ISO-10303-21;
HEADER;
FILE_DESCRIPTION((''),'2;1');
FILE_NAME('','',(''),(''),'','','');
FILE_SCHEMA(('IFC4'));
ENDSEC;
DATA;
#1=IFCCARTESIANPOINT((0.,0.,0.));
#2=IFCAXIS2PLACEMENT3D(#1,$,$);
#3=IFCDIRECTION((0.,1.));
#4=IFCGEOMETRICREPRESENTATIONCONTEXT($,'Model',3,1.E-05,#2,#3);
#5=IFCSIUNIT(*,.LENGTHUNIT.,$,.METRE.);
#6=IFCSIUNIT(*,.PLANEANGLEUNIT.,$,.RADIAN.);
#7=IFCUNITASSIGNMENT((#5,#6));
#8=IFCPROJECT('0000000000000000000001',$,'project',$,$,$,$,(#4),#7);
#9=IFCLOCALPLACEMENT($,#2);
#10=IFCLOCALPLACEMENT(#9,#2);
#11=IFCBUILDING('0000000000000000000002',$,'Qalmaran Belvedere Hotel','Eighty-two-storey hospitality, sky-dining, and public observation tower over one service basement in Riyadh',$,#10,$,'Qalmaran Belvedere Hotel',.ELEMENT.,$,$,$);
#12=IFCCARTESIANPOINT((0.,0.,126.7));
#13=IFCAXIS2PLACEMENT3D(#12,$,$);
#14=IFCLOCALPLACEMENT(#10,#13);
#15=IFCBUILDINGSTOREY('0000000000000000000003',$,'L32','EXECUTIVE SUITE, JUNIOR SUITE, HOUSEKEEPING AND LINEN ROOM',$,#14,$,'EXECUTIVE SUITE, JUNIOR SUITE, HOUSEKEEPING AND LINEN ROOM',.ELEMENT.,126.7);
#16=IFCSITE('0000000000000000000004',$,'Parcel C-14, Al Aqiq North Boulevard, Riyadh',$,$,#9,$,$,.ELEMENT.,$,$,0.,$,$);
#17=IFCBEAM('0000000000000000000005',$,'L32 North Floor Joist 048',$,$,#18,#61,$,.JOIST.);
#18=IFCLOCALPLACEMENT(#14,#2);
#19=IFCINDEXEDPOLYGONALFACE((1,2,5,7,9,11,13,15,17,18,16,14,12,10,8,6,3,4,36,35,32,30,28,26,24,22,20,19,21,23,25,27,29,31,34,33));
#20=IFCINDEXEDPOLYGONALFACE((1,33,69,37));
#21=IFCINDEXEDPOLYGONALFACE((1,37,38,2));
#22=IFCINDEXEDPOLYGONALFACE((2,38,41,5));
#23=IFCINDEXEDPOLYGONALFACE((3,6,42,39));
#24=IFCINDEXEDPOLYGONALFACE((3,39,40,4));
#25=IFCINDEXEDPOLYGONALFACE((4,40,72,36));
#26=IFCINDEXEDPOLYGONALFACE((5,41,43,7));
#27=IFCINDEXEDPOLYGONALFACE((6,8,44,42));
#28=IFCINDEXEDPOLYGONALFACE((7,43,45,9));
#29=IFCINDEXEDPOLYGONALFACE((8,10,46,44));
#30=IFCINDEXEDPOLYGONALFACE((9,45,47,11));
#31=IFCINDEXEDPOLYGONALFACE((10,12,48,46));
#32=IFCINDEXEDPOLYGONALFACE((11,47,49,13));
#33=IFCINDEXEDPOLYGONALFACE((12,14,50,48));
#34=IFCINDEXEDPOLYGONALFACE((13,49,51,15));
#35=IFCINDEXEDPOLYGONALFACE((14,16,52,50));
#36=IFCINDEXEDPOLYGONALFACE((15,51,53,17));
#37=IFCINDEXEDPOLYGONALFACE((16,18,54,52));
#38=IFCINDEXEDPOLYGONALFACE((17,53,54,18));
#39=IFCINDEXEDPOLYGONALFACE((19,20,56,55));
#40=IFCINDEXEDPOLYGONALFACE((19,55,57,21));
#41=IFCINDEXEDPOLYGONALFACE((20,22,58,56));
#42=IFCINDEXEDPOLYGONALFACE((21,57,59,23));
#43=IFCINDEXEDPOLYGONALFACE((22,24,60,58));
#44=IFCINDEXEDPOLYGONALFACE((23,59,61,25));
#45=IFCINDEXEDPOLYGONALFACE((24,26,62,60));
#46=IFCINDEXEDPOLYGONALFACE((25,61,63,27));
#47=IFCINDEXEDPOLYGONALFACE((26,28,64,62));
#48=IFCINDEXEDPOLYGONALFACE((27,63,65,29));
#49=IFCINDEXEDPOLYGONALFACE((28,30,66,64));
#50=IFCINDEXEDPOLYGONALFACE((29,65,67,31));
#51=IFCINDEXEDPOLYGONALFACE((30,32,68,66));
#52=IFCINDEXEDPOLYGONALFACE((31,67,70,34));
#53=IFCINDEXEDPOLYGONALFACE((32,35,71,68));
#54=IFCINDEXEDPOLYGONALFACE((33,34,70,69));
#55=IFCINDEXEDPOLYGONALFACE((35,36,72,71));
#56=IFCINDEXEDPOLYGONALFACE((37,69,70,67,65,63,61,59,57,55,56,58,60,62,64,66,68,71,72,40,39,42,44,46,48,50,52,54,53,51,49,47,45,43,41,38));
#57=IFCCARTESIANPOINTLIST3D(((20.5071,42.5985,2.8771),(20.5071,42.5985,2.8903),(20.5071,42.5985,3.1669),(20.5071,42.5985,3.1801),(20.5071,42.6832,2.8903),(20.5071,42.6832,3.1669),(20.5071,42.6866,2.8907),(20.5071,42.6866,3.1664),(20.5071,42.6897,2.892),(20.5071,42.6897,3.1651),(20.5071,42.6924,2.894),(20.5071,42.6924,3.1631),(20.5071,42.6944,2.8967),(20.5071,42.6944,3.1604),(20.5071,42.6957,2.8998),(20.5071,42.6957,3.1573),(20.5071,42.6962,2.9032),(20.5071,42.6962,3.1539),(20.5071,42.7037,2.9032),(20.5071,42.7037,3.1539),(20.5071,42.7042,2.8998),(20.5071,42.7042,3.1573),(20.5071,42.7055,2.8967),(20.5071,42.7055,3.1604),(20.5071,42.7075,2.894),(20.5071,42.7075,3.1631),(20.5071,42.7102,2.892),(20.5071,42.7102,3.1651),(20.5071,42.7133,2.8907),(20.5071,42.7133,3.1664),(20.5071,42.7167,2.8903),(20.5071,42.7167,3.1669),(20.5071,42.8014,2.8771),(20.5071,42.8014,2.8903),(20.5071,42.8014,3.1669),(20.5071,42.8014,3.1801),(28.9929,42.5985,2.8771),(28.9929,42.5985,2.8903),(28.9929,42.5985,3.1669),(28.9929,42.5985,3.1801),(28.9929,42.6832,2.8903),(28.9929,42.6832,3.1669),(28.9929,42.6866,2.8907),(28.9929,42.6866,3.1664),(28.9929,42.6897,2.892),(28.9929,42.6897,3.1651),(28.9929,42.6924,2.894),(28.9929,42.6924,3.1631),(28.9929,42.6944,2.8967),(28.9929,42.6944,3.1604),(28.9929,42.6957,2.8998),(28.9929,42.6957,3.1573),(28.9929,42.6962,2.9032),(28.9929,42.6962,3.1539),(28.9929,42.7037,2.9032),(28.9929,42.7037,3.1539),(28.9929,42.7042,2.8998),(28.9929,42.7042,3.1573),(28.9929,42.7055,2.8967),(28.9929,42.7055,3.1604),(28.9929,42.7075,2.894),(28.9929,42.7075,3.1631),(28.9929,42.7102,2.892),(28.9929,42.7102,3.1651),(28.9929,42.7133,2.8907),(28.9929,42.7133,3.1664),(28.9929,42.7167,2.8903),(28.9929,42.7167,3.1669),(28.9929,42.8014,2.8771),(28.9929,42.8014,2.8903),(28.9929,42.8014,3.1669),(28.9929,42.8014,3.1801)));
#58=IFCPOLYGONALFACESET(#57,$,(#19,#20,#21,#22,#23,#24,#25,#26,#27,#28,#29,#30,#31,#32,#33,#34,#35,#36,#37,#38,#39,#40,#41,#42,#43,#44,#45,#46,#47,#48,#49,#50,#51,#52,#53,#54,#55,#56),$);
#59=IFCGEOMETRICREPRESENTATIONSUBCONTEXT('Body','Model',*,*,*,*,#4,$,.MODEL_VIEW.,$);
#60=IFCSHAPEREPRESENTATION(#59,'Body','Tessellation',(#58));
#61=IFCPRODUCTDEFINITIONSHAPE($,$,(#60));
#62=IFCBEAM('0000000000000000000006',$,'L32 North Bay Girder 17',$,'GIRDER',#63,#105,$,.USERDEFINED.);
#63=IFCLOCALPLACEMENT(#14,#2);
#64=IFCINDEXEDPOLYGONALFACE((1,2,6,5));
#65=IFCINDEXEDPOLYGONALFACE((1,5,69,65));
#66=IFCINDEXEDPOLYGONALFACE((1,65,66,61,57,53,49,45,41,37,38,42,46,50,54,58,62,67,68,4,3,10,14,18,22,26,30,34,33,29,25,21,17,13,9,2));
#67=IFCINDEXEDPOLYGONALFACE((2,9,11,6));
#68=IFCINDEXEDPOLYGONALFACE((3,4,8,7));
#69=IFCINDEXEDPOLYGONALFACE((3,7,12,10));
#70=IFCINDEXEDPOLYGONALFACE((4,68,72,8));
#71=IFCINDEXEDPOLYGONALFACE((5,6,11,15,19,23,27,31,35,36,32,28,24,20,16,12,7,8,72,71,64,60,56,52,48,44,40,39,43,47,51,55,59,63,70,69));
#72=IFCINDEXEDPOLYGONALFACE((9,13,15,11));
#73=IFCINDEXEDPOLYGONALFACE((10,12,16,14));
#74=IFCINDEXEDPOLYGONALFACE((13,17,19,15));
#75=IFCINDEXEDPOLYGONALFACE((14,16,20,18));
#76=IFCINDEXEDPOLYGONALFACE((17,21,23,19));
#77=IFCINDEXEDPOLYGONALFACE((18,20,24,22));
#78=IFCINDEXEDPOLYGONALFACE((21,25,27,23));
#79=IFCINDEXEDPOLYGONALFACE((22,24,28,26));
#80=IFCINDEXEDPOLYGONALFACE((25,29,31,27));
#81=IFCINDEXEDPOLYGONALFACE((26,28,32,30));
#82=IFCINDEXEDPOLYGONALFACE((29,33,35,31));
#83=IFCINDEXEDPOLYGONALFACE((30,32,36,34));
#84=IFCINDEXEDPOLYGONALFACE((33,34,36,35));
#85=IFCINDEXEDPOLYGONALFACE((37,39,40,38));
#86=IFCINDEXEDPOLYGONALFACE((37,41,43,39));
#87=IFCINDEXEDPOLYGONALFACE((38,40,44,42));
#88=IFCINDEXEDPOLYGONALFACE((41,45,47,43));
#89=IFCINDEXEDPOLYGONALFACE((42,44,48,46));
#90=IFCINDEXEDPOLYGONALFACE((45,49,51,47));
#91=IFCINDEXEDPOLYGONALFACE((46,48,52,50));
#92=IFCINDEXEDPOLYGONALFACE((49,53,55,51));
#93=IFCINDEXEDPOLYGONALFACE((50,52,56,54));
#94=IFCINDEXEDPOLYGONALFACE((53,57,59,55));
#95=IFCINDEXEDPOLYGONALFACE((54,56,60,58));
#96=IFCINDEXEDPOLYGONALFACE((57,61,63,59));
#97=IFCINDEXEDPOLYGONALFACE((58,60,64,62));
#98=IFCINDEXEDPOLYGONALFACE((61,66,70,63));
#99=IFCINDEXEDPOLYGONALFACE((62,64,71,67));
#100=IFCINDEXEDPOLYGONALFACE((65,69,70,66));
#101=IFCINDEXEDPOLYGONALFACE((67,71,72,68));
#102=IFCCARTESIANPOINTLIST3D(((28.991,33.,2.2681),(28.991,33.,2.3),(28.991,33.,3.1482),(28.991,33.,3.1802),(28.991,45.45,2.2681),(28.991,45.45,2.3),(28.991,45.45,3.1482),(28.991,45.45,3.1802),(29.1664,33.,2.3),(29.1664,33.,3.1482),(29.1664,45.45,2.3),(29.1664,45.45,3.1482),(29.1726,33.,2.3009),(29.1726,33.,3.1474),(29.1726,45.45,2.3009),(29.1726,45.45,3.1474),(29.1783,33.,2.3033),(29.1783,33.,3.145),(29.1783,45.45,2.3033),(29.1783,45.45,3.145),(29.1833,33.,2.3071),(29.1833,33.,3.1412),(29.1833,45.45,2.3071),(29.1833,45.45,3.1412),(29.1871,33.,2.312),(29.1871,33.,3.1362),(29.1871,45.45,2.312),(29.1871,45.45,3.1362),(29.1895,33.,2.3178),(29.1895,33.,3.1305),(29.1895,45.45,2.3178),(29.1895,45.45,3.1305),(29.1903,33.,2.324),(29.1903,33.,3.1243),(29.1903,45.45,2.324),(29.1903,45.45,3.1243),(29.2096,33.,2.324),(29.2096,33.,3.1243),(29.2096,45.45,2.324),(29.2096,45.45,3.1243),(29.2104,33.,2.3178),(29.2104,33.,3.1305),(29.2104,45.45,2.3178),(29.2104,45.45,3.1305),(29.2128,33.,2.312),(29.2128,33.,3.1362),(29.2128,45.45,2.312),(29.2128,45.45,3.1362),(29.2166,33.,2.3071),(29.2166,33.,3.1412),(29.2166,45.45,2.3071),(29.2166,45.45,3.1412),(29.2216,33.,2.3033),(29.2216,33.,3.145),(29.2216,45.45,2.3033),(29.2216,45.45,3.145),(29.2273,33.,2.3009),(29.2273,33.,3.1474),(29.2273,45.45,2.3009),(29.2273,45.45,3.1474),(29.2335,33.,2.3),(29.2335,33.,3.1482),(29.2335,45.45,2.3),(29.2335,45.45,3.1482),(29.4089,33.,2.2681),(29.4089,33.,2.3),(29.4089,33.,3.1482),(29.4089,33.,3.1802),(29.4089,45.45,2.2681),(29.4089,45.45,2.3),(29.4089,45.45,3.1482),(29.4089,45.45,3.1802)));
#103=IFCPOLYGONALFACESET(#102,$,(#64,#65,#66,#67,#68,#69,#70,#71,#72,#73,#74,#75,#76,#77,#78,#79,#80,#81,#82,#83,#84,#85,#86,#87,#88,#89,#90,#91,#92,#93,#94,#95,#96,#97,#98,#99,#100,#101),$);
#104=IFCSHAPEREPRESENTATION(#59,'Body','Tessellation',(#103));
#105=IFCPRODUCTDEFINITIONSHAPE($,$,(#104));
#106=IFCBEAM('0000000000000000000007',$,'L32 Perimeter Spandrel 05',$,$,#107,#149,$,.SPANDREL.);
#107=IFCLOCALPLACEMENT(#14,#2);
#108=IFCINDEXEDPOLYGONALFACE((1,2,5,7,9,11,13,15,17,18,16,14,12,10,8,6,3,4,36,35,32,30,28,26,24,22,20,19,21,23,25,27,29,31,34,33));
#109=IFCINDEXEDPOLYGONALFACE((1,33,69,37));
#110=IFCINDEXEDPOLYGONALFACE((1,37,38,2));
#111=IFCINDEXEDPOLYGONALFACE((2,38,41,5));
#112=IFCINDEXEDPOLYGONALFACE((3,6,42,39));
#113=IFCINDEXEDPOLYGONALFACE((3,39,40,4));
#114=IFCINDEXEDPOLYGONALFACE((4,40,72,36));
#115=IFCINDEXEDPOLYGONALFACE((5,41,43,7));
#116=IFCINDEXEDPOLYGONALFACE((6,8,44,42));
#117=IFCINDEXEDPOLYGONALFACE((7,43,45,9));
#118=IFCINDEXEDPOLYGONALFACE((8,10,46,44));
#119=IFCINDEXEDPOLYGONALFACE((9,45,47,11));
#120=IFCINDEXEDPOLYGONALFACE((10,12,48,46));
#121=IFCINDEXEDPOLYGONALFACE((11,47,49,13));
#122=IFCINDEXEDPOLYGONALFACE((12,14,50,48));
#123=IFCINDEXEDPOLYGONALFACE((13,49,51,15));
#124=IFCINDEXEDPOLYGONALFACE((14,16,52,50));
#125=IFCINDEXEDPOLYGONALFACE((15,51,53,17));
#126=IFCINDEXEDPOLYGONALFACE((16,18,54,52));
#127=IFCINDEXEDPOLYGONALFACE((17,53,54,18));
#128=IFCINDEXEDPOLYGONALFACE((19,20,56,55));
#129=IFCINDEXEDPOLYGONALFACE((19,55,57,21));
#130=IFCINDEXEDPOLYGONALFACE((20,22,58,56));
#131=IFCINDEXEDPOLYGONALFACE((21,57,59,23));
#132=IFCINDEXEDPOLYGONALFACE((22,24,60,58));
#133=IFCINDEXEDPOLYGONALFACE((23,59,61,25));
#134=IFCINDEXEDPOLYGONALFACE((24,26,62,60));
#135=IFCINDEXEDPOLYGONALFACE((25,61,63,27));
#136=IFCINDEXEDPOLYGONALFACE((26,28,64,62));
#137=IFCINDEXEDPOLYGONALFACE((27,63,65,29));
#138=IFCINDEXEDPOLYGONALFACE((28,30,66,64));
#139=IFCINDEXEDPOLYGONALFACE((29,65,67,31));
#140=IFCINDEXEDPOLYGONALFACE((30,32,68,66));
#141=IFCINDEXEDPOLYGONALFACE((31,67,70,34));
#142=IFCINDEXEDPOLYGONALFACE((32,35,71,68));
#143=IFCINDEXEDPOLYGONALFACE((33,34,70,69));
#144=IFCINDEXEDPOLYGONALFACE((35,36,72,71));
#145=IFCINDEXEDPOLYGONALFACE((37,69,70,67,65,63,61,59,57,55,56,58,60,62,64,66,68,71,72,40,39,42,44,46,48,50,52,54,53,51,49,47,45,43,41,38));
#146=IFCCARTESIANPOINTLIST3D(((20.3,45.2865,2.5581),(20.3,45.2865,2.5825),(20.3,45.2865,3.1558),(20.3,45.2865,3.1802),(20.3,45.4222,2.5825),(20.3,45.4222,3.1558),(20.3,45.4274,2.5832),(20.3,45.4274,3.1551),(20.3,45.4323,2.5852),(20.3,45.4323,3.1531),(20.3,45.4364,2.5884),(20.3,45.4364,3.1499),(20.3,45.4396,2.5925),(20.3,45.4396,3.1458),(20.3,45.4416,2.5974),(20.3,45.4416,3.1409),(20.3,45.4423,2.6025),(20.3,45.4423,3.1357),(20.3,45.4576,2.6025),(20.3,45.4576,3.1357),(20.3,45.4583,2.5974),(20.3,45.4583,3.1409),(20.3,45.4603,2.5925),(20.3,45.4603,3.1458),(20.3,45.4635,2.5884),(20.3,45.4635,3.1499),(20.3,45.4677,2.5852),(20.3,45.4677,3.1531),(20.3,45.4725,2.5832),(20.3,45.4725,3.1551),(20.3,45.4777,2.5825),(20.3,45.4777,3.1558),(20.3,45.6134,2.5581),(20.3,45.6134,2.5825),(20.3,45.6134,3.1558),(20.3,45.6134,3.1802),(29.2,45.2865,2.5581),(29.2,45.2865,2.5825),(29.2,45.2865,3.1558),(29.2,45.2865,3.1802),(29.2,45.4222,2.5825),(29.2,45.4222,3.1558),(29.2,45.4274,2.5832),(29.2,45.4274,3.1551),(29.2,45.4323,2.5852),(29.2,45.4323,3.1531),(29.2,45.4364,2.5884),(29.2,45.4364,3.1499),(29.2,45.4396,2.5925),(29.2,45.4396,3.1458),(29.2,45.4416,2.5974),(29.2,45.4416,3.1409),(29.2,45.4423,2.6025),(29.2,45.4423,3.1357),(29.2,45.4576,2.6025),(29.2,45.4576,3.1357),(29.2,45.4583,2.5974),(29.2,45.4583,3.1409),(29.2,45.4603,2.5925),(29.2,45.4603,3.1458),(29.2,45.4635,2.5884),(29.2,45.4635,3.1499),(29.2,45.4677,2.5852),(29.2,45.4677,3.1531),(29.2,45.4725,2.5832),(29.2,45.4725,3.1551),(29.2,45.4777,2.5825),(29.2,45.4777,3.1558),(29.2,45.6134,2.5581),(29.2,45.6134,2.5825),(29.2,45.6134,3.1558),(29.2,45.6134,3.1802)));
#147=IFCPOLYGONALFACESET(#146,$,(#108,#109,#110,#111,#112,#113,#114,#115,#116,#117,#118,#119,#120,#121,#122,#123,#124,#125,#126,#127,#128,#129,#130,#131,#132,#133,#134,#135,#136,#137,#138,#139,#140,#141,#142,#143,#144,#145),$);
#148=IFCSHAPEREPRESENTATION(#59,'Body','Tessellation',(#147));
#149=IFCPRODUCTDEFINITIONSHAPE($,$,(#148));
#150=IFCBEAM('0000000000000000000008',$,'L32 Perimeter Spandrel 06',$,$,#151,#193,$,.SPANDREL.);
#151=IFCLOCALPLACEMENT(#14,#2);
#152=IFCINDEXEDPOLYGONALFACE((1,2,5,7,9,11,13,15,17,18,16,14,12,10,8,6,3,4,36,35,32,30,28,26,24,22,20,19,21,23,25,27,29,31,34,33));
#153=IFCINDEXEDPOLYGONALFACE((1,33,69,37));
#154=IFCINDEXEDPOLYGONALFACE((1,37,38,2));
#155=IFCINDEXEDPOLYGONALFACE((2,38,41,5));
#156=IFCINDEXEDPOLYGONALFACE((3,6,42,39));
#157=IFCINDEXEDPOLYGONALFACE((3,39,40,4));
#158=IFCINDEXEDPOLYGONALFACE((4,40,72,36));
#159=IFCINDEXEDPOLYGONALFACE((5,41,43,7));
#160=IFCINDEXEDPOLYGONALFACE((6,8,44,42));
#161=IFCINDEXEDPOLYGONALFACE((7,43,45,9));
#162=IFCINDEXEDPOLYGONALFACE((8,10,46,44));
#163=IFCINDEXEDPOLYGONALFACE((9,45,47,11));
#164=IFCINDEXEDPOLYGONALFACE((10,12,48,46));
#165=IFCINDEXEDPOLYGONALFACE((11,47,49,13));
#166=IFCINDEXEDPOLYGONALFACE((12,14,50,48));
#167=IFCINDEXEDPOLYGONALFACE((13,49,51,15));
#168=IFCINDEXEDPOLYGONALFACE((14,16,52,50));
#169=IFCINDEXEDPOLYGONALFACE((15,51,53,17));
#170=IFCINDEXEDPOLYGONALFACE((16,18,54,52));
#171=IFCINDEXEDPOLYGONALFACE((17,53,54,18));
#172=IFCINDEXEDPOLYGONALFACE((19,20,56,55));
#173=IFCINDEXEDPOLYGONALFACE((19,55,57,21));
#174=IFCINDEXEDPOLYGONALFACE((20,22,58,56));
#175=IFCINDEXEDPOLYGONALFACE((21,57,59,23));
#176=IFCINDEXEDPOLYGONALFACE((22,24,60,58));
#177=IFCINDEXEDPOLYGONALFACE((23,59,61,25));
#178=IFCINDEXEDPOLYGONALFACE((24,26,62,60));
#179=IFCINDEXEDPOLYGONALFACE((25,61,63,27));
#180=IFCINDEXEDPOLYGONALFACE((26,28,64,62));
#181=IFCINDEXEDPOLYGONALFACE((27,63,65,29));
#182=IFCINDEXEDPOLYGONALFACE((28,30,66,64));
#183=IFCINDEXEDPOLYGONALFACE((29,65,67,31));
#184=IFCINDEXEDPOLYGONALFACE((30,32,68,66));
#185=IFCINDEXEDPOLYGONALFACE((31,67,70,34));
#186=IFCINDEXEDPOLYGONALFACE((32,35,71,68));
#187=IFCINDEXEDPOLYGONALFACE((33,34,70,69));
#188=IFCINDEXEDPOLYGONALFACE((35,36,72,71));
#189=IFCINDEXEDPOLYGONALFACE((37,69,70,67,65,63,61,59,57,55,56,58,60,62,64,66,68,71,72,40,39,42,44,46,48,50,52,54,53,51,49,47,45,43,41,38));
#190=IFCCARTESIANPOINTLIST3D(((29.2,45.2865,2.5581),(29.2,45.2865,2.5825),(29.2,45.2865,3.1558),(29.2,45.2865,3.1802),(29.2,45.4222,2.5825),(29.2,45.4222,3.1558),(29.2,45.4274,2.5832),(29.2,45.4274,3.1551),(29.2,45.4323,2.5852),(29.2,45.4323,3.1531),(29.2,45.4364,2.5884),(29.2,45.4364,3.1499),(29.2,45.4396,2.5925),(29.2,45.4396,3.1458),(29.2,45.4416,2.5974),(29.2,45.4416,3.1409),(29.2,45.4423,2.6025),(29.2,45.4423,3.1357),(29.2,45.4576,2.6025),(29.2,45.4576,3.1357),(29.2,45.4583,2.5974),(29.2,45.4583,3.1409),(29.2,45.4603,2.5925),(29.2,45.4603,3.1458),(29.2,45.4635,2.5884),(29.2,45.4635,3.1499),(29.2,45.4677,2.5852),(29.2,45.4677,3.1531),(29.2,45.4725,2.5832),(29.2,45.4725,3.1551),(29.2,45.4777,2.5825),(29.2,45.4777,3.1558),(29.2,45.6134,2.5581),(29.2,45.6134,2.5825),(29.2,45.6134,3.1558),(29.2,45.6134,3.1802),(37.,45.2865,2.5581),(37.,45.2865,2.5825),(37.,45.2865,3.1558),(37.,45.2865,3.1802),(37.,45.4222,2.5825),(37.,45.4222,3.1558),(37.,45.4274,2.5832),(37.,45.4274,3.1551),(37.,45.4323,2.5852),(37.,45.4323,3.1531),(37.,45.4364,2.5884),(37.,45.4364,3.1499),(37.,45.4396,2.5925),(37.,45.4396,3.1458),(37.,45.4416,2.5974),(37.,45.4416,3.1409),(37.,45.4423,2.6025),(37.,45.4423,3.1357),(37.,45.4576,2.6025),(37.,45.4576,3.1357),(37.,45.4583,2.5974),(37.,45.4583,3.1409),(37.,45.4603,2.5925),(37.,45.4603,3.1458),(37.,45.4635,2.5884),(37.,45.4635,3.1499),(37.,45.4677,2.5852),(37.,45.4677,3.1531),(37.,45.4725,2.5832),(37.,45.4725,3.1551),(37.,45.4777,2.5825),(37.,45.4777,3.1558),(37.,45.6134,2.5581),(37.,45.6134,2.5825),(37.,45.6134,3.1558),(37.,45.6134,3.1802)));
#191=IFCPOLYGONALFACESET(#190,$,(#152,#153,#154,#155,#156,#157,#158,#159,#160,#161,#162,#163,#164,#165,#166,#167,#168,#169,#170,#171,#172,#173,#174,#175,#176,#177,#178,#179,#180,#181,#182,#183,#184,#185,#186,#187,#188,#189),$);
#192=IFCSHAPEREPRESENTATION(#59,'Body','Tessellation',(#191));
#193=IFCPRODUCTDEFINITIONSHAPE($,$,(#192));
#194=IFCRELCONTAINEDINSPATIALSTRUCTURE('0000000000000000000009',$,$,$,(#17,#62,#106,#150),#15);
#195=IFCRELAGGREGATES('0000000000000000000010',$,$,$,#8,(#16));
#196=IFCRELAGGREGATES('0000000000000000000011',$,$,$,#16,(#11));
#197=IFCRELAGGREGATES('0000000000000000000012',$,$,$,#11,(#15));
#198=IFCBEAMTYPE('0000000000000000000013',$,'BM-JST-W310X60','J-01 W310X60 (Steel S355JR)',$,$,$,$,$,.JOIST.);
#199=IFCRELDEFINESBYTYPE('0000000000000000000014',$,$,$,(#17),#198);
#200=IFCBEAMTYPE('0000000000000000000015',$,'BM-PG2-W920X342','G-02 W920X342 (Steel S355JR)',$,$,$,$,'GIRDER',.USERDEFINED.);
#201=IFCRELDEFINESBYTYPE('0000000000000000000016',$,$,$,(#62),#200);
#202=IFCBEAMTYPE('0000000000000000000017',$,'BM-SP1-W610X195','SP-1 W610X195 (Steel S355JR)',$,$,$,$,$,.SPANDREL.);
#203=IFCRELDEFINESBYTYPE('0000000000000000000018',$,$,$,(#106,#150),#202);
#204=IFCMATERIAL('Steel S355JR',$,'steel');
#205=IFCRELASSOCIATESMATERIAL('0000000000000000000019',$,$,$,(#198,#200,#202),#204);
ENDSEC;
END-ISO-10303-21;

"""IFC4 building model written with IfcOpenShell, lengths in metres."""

from ifc_helpers import new_model, si_unit, direction, frame, origin, origin_2d, place, context, subcontext, project, spatial, i_section, extrude, material, material_profile, profile_set, type_object, element, save


model = new_model("IFC4")

# Units and contexts
model_context = context("Model", 3, precision=1e-05, world=origin(), true_north=direction((0.0, 1.0)))
body_context = subcontext(model_context, "Body", "Model", "MODEL_VIEW")
ifc_project = project(units=[si_unit("LENGTHUNIT", "METRE"), si_unit("PLANEANGLEUNIT", "RADIAN")], contexts=[model_context])

# Site, building, storey
site_placement = place(None, origin())
site = spatial("IfcSite", under=ifc_project, at=site_placement, Name="Parcel C-14, Al Aqiq North Boulevard, Riyadh", CompositionType="ELEMENT", RefElevation=0.0)
building_placement = place(site_placement, origin())
building = spatial("IfcBuilding", under=site, at=building_placement, Name="Qalmaran Belvedere Hotel", Description="Eighty-two-storey hospitality, sky-dining, and public observation tower over one service basement in Riyadh", LongName="Qalmaran Belvedere Hotel", CompositionType="ELEMENT")
storey_placement = place(building_placement, frame((0.0, 0.0, 126.7)))
storey = spatial("IfcBuildingStorey", under=building, at=storey_placement, Name="L32", Description="EXECUTIVE SUITE, JUNIOR SUITE, HOUSEKEEPING AND LINEN ROOM", LongName="EXECUTIVE SUITE, JUNIOR SUITE, HOUSEKEEPING AND LINEN ROOM", CompositionType="ELEMENT", Elevation=126.7)

# Beams
ifc_material_1 = material(Name="Steel S355JR", Category="steel")
ifc_material_profile_1 = material_profile(ifc_material_1, i_section(OverallWidth=0.2029, OverallDepth=0.303, WebThickness=0.0076, FlangeThickness=0.0132, FilletRadius=0.0129, at=origin_2d()), Name="W310X60")
ifc_profile_set_1 = profile_set([ifc_material_profile_1], Name="Steel S355JR")
beam_type_1 = type_object("IfcBeamType", Name="BM-JST-W310X60", Description="J-01 W310X60 (Steel S355JR)", PredefinedType="JOIST", material=ifc_profile_set_1)
for number, where, z_axis, x_axis, name in (
    (1, (20.5071, 42.7, 3.0286), (1.0, 0.0, 0.0), (0.0, 1.0, 0.0), "L32 North Floor Joist 048"),
):
    element("IfcBeam", number, at=place(storey_placement, frame(where, z_axis=z_axis, x_axis=x_axis)), inside=storey, type_object=beam_type_1, Name=name, PredefinedType="JOIST", context=body_context, shape_type="SweptSolid", body=[
        extrude(i_section(OverallWidth=0.2029, OverallDepth=0.303, WebThickness=0.0076, FlangeThickness=0.0132, FilletRadius=0.0129, at=origin_2d()), origin(), (0.0, 0.0, 1.0), 8.4858),
    ])
ifc_material_profile_2 = material_profile(ifc_material_1, i_section(OverallWidth=0.418, OverallDepth=0.9121, WebThickness=0.0193, FlangeThickness=0.032, FilletRadius=0.0239, at=origin_2d()), Name="W920X342")
ifc_profile_set_2 = profile_set([ifc_material_profile_2], Name="Steel S355JR")
beam_type_2 = type_object("IfcBeamType", Name="BM-PG2-W920X342", Description="G-02 W920X342 (Steel S355JR)", ElementType="GIRDER", PredefinedType="USERDEFINED", material=ifc_profile_set_2)
beam_1_placement = place(storey_placement, frame((29.2, 33.0, 2.7241), z_axis=(0.0, 1.0, 0.0), x_axis=(-1.0, 0.0, 0.0)))
element("IfcBeam", 2, at=beam_1_placement, inside=storey, type_object=beam_type_2, Name="L32 North Bay Girder 17", ObjectType="GIRDER", PredefinedType="USERDEFINED", context=body_context, shape_type="SweptSolid", body=[
    extrude(i_section(OverallWidth=0.418, OverallDepth=0.9121, WebThickness=0.0193, FlangeThickness=0.032, FilletRadius=0.0239, at=origin_2d()), origin(), (0.0, 0.0, 1.0), 12.45),
])
ifc_material_profile_3 = material_profile(ifc_material_1, i_section(OverallWidth=0.3269, OverallDepth=0.6221, WebThickness=0.0154, FlangeThickness=0.0244, FilletRadius=0.02, at=origin_2d()), Name="W610X195")
ifc_profile_set_3 = profile_set([ifc_material_profile_3], Name="Steel S355JR")
beam_type_3 = type_object("IfcBeamType", Name="BM-SP1-W610X195", Description="SP-1 W610X195 (Steel S355JR)", PredefinedType="SPANDREL", material=ifc_profile_set_3)
beam_2_placement = place(storey_placement, frame((20.3, 45.45, 2.8691), z_axis=(1.0, 0.0, 0.0), x_axis=(0.0, 1.0, 0.0)))
element("IfcBeam", 3, at=beam_2_placement, inside=storey, type_object=beam_type_3, Name="L32 Perimeter Spandrel 05", PredefinedType="SPANDREL", context=body_context, shape_type="SweptSolid", body=[
    extrude(i_section(OverallWidth=0.3269, OverallDepth=0.6221, WebThickness=0.0154, FlangeThickness=0.0244, FilletRadius=0.02, at=origin_2d()), origin(), (0.0, 0.0, 1.0), 8.8999),
])
beam_3_placement = place(storey_placement, frame((29.2, 45.45, 2.8691), z_axis=(1.0, 0.0, 0.0), x_axis=(0.0, 1.0, 0.0)))
element("IfcBeam", 4, at=beam_3_placement, inside=storey, type_object=beam_type_3, Name="L32 Perimeter Spandrel 06", PredefinedType="SPANDREL", context=body_context, shape_type="SweptSolid", body=[
    extrude(i_section(OverallWidth=0.3269, OverallDepth=0.6221, WebThickness=0.0154, FlangeThickness=0.0244, FilletRadius=0.02, at=origin_2d()), origin(), (0.0, 0.0, 1.0), 7.8),
])

save(model, "model.ifc")
